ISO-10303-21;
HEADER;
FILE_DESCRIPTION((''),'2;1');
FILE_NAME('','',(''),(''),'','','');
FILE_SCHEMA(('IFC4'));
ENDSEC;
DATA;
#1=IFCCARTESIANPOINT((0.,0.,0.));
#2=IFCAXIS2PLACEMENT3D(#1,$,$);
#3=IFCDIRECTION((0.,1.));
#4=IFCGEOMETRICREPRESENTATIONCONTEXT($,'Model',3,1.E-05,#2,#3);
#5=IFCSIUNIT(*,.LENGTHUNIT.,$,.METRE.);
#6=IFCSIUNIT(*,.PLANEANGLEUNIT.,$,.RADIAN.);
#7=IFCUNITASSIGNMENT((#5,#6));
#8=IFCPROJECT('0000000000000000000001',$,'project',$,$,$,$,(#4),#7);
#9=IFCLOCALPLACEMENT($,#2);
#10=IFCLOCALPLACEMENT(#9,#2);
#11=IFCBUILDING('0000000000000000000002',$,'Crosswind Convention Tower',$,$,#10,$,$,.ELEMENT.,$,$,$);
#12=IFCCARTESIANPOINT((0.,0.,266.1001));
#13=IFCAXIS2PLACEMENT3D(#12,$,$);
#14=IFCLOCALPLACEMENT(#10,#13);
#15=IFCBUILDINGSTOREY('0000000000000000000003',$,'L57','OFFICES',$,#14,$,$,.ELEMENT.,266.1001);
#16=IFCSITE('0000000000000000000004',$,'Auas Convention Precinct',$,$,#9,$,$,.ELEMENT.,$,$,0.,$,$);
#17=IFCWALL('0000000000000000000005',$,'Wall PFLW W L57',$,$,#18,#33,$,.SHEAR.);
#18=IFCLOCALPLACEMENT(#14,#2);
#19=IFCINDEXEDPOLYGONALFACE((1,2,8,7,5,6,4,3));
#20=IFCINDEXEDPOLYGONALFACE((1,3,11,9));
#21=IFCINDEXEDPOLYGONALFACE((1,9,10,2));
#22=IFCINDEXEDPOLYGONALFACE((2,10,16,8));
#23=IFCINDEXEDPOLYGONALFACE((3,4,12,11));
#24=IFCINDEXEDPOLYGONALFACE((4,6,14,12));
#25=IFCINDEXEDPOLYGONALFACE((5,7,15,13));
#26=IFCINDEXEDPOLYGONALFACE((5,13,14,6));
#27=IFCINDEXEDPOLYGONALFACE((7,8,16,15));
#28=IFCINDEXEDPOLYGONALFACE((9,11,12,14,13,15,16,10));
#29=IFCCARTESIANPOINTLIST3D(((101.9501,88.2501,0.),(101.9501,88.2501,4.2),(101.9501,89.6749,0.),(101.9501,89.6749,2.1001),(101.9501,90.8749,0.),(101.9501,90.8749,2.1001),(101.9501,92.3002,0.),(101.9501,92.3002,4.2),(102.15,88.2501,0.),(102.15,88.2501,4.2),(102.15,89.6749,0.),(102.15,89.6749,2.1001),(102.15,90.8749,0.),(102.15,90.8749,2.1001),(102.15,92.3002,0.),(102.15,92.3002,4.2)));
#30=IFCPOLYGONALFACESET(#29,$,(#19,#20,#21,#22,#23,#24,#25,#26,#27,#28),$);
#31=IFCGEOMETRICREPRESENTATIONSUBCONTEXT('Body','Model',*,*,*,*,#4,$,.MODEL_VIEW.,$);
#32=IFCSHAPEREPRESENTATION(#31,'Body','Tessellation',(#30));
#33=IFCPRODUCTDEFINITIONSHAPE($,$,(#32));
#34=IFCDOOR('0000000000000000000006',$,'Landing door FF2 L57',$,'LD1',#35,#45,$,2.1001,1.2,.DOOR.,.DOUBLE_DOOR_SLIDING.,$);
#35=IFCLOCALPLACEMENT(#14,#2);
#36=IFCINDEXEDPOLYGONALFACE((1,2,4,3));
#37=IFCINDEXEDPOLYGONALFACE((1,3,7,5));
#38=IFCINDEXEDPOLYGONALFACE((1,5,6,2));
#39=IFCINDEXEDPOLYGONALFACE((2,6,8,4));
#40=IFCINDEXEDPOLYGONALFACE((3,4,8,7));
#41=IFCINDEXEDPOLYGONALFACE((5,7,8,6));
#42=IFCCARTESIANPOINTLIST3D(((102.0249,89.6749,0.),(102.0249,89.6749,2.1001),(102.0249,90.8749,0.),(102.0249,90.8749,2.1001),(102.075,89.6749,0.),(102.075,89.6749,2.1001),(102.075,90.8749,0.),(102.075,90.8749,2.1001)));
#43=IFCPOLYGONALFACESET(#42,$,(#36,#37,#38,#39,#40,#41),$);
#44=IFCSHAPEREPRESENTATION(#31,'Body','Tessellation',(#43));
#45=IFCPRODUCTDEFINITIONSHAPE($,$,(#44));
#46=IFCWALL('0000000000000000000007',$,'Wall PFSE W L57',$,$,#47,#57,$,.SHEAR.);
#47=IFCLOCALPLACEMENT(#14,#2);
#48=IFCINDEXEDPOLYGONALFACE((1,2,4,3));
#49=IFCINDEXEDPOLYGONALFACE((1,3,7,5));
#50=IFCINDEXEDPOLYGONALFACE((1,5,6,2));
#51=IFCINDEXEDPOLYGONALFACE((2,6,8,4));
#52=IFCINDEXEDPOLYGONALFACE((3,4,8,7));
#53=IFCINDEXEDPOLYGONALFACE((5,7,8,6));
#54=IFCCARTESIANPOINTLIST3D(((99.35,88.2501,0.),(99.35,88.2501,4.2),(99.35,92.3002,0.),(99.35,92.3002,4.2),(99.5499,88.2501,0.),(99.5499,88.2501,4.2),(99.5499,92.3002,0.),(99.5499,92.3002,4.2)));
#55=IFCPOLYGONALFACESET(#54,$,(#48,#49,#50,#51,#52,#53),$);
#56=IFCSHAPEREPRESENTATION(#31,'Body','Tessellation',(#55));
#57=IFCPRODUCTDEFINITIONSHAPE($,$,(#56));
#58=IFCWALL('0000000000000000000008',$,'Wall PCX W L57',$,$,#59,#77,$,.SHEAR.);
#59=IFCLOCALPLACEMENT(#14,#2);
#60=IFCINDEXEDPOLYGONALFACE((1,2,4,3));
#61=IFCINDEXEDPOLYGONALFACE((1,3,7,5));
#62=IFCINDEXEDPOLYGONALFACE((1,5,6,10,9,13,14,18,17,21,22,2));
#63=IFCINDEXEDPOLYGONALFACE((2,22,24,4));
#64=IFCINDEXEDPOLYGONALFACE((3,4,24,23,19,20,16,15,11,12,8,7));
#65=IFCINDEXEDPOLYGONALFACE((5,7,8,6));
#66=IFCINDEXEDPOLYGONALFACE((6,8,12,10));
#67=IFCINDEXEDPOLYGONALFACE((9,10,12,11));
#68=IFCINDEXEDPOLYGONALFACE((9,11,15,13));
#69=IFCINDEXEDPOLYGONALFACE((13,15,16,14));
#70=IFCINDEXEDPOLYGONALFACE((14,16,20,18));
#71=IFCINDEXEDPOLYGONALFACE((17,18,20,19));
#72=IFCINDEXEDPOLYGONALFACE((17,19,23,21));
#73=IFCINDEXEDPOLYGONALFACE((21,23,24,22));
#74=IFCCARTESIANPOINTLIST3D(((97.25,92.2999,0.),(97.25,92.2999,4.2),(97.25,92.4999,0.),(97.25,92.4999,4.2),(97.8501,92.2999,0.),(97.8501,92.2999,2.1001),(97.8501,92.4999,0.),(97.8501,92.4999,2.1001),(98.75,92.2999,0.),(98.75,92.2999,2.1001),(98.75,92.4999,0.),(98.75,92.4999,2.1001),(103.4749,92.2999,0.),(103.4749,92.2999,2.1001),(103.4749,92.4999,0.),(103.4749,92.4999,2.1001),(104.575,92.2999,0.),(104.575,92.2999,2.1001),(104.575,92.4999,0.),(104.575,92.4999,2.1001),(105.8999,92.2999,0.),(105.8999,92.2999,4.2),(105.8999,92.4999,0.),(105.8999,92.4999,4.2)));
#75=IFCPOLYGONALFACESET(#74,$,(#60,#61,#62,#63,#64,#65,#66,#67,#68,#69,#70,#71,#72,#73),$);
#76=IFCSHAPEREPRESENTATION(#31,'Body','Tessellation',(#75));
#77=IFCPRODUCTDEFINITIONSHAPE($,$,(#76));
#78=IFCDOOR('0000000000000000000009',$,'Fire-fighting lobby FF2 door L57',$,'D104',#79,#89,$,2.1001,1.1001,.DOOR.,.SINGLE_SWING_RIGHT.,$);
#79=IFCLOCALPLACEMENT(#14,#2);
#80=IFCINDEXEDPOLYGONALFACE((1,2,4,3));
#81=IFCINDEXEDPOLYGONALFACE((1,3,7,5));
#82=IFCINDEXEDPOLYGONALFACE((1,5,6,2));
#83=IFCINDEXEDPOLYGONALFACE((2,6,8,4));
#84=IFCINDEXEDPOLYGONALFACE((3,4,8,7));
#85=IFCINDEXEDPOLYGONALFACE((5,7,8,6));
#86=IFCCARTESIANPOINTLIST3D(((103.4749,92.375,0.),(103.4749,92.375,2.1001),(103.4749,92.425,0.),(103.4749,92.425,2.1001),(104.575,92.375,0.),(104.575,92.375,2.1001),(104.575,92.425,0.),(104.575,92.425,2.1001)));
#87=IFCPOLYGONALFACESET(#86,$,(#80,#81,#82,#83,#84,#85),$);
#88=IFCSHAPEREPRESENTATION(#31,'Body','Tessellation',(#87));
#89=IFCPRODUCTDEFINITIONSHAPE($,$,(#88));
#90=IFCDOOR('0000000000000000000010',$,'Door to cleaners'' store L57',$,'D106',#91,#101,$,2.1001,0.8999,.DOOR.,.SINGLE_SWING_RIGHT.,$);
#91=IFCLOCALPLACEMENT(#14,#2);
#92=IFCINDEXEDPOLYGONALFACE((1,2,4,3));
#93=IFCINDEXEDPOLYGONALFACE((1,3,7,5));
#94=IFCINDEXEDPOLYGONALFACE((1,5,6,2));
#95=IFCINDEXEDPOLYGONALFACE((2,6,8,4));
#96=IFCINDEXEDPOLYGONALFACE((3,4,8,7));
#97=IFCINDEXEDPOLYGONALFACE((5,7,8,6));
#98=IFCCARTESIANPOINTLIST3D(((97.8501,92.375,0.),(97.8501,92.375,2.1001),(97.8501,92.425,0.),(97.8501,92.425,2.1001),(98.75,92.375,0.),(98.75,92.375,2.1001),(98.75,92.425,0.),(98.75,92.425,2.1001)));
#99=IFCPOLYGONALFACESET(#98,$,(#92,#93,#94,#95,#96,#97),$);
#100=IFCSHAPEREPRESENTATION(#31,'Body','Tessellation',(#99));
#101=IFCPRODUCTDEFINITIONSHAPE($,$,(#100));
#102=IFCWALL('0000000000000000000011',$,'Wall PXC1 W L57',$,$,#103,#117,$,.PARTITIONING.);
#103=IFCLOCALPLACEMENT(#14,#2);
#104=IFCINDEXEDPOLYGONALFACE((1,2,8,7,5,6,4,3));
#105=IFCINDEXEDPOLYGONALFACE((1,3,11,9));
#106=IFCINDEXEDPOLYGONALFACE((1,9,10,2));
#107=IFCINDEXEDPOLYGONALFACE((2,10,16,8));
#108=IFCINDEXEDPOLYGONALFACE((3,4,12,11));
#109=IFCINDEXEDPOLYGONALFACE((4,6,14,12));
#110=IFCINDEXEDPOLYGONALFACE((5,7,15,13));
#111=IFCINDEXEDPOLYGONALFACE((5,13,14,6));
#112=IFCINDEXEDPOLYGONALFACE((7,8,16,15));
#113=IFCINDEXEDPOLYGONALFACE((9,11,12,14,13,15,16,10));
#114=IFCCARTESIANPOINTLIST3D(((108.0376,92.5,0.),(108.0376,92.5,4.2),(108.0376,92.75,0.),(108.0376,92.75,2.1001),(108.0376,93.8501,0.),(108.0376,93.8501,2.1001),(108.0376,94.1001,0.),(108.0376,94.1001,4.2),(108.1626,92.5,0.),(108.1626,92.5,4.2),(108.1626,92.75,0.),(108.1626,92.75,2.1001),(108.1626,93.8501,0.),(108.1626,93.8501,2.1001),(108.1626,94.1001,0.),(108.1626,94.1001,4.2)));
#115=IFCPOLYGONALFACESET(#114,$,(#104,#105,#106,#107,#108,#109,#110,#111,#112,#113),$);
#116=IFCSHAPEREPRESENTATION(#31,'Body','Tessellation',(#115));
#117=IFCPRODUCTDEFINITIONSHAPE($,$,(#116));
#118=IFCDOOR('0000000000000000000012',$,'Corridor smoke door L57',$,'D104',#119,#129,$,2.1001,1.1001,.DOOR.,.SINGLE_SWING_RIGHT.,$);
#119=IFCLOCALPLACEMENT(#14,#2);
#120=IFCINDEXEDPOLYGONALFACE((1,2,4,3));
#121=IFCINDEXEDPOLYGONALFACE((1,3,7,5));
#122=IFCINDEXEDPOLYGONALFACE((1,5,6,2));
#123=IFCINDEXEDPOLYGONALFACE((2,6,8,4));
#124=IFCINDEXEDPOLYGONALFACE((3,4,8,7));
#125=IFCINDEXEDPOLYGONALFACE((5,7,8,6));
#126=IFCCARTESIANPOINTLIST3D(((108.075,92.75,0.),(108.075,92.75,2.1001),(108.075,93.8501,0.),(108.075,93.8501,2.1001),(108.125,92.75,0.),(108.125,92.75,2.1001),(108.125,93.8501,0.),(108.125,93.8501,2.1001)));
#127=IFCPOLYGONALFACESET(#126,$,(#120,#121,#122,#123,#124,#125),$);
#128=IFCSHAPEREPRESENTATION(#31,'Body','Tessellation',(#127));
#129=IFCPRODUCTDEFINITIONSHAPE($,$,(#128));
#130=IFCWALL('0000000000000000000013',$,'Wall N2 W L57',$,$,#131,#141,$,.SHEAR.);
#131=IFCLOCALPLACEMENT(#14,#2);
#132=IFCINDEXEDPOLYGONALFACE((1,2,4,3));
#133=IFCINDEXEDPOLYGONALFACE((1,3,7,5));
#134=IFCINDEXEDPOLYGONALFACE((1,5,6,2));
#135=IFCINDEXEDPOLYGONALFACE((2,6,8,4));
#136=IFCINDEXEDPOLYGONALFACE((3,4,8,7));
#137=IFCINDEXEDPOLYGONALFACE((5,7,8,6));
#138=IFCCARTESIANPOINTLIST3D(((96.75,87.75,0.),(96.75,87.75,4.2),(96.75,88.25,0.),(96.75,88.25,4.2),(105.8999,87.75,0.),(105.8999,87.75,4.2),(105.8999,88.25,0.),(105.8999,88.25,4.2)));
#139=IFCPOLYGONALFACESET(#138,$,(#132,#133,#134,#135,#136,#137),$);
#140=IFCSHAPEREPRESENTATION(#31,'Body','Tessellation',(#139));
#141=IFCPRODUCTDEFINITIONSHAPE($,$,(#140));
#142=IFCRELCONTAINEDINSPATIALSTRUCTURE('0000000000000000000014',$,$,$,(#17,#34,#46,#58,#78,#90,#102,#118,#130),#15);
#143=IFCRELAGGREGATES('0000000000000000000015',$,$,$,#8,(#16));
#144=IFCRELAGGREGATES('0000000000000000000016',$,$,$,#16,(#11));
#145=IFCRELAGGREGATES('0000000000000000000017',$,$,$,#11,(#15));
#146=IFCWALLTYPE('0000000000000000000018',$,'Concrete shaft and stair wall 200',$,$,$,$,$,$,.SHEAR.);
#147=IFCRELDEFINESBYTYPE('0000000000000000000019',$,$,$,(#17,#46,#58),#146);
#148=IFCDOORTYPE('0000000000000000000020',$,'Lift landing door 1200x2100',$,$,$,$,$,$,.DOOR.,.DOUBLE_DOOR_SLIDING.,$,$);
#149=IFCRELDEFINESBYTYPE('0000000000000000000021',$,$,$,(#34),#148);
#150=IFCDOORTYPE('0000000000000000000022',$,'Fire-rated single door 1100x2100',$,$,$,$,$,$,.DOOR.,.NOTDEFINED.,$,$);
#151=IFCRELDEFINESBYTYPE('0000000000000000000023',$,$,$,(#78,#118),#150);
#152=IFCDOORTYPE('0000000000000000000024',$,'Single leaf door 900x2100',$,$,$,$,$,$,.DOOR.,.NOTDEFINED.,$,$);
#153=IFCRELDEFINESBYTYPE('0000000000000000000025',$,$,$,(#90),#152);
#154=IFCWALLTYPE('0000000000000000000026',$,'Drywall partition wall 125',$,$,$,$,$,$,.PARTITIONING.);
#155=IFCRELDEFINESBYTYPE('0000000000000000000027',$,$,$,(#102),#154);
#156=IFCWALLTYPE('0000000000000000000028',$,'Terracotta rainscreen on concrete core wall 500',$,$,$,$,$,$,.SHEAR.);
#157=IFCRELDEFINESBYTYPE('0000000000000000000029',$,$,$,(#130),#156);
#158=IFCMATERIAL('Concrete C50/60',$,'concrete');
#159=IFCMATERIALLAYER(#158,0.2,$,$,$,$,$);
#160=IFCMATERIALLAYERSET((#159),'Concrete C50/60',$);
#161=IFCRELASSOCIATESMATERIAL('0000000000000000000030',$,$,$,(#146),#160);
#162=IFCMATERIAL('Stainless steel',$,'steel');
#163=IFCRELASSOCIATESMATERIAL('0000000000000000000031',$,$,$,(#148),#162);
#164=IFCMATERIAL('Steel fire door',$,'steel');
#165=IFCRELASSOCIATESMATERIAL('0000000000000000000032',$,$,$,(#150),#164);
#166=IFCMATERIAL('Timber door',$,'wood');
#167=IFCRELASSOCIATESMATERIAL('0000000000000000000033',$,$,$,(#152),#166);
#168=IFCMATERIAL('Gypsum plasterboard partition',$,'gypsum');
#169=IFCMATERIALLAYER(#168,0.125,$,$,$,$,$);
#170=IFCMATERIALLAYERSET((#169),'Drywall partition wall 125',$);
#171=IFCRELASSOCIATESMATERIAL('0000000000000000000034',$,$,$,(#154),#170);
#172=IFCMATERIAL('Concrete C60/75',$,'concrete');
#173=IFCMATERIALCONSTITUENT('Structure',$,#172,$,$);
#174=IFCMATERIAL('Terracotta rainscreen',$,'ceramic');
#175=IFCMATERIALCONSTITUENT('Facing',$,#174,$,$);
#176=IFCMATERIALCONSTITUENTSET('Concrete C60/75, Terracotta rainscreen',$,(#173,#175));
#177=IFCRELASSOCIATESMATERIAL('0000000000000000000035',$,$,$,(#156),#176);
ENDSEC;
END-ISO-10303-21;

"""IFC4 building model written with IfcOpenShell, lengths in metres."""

from ifc_helpers import new_model, si_unit, direction, frame, frame_2d, origin, place, context, subcontext, project, spatial, rectangle, extrude, material, layer, layer_set, constituent, constituent_set, type_object, element, fill, save


model = new_model("IFC4")

# Units and contexts
model_context = context("Model", 3, precision=1e-05, world=origin(), true_north=direction((0.0, 1.0)))
body_context = subcontext(model_context, "Body", "Model", "MODEL_VIEW")
ifc_project = project(units=[si_unit("LENGTHUNIT", "METRE"), si_unit("PLANEANGLEUNIT", "RADIAN")], contexts=[model_context])

# Site, building, storey
site_placement = place(None, origin())
site = spatial("IfcSite", under=ifc_project, at=site_placement, Name="Auas Convention Precinct", CompositionType="ELEMENT", RefElevation=0.0)
building_placement = place(site_placement, origin())
building = spatial("IfcBuilding", under=site, at=building_placement, Name="Crosswind Convention Tower", CompositionType="ELEMENT")
storey_placement = place(building_placement, frame((0.0, 0.0, 266.1001)))
storey = spatial("IfcBuildingStorey", under=building, at=storey_placement, Name="L57", Description="OFFICES", CompositionType="ELEMENT", Elevation=266.1001)

# Shared definitions
ifc_material_1 = material(Name="Concrete C50/60", Category="concrete")
ifc_layer_1 = layer(ifc_material_1, 0.2)
ifc_layer_set_1 = layer_set([ifc_layer_1], Name="Concrete C50/60")
wall_type_1 = type_object("IfcWallType", Name="Concrete shaft and stair wall 200", PredefinedType="SHEAR", material=ifc_layer_set_1)

# Wall, opening, door
wall_1_placement = place(storey_placement, frame((102.05, 92.3, 0.0), z_axis=(0.0, 0.0, 1.0), x_axis=(0.0, -1.0, 0.0)))
wall_1 = element("IfcWall", 1, at=wall_1_placement, inside=storey, type_object=wall_type_1, Name="Wall PFLW W L57", PredefinedType="SHEAR", context=body_context, shape_type="SweptSolid", body=[
    extrude(rectangle(XDim=4.05, YDim=0.2, at=frame_2d((2.0249, 0.0))), origin(), (0.0, 0.0, 1.0), 4.2),
])
opening_1_placement = place(wall_1_placement, frame((1.425, 0.0, 0.0)))
opening_1 = element("IfcOpeningElement", 2, at=opening_1_placement, cuts=wall_1, PredefinedType="OPENING", context=body_context, shape_type="SweptSolid", body=[
    extrude(rectangle(XDim=1.2, YDim=2.1001, at=frame_2d((0.6001, 1.05))), frame((0.0, 0.1099, 0.0), z_axis=(0.0, -1.0, 0.0), x_axis=(1.0, 0.0, 0.0)), (0.0, 0.0, 1.0), 0.22),
])
ifc_material_2 = material(Name="Stainless steel", Category="steel")
door_type_1 = type_object("IfcDoorType", Name="Lift landing door 1200x2100", OperationType="DOUBLE_DOOR_SLIDING", PredefinedType="DOOR", material=ifc_material_2)
door_1_placement = place(opening_1_placement, origin())
door_1 = element("IfcDoor", 3, at=door_1_placement, inside=storey, type_object=door_type_1, Name="Landing door FF2 L57", ObjectType="LD1", OperationType="DOUBLE_DOOR_SLIDING", OverallHeight=2.1001, OverallWidth=1.2, PredefinedType="DOOR", context=body_context, shape_type="SweptSolid", body=[
    extrude(rectangle(XDim=1.2, YDim=2.1001, at=frame_2d((0.6001, 1.05))), frame((0.0, 0.0249, 0.0), z_axis=(0.0, -1.0, 0.0), x_axis=(1.0, 0.0, 0.0)), (0.0, 0.0, 1.0), 0.05),
])
fill(opening_1, door_1)

# Wall
wall_2_placement = place(storey_placement, frame((99.45, 92.3, 0.0), z_axis=(0.0, 0.0, 1.0), x_axis=(0.0, -1.0, 0.0)))
element("IfcWall", 4, at=wall_2_placement, inside=storey, type_object=wall_type_1, Name="Wall PFSE W L57", PredefinedType="SHEAR", context=body_context, shape_type="SweptSolid", body=[
    extrude(rectangle(XDim=4.05, YDim=0.2, at=frame_2d((2.0249, 0.0))), origin(), (0.0, 0.0, 1.0), 4.2),
])

# Wall, openings, doors
wall_3_placement = place(storey_placement, frame((105.8999, 92.3999, 0.0), z_axis=(0.0, 0.0, 1.0), x_axis=(-1.0, 0.0, 0.0)))
wall_3 = element("IfcWall", 5, at=wall_3_placement, inside=storey, type_object=wall_type_1, Name="Wall PCX W L57", PredefinedType="SHEAR", context=body_context, shape_type="SweptSolid", body=[
    extrude(rectangle(XDim=8.6499, YDim=0.2, at=frame_2d((4.325, 0.0))), origin(), (0.0, 0.0, 1.0), 4.2),
])
opening_2_placement = place(wall_3_placement, frame((1.325, 0.0, 0.0)))
opening_2 = element("IfcOpeningElement", 6, at=opening_2_placement, cuts=wall_3, PredefinedType="OPENING", context=body_context, shape_type="SweptSolid", body=[
    extrude(rectangle(XDim=1.1001, YDim=2.1001, at=frame_2d((0.55, 1.05))), frame((0.0, 0.1099, 0.0), z_axis=(0.0, -1.0, 0.0), x_axis=(1.0, 0.0, 0.0)), (0.0, 0.0, 1.0), 0.22),
])
opening_3_placement = place(wall_3_placement, frame((7.1499, 0.0, 0.0)))
opening_3 = element("IfcOpeningElement", 7, at=opening_3_placement, cuts=wall_3, PredefinedType="OPENING", context=body_context, shape_type="SweptSolid", body=[
    extrude(rectangle(XDim=0.8999, YDim=2.1001, at=frame_2d((0.45, 1.05))), frame((0.0, 0.1099, 0.0), z_axis=(0.0, -1.0, 0.0), x_axis=(1.0, 0.0, 0.0)), (0.0, 0.0, 1.0), 0.22),
])
ifc_material_3 = material(Name="Steel fire door", Category="steel")
door_type_2 = type_object("IfcDoorType", Name="Fire-rated single door 1100x2100", OperationType="NOTDEFINED", PredefinedType="DOOR", material=ifc_material_3)
door_2_placement = place(opening_2_placement, origin())
door_2 = element("IfcDoor", 8, at=door_2_placement, inside=storey, type_object=door_type_2, Name="Fire-fighting lobby FF2 door L57", ObjectType="D104", OperationType="SINGLE_SWING_RIGHT", OverallHeight=2.1001, OverallWidth=1.1001, PredefinedType="DOOR", context=body_context, shape_type="SweptSolid", body=[
    extrude(rectangle(XDim=1.1001, YDim=2.1001, at=frame_2d((0.55, 1.05))), frame((0.0, 0.0249, 0.0), z_axis=(0.0, -1.0, 0.0), x_axis=(1.0, 0.0, 0.0)), (0.0, 0.0, 1.0), 0.05),
])
fill(opening_2, door_2)
ifc_material_4 = material(Name="Timber door", Category="wood")
door_type_3 = type_object("IfcDoorType", Name="Single leaf door 900x2100", OperationType="NOTDEFINED", PredefinedType="DOOR", material=ifc_material_4)
door_3_placement = place(opening_3_placement, origin())
door_3 = element("IfcDoor", 9, at=door_3_placement, inside=storey, type_object=door_type_3, Name="Door to cleaners' store L57", ObjectType="D106", OperationType="SINGLE_SWING_RIGHT", OverallHeight=2.1001, OverallWidth=0.8999, PredefinedType="DOOR", context=body_context, shape_type="SweptSolid", body=[
    extrude(rectangle(XDim=0.8999, YDim=2.1001, at=frame_2d((0.45, 1.05))), frame((0.0, 0.0249, 0.0), z_axis=(0.0, -1.0, 0.0), x_axis=(1.0, 0.0, 0.0)), (0.0, 0.0, 1.0), 0.05),
])
fill(opening_3, door_3)

# Wall, opening, door
ifc_material_5 = material(Name="Gypsum plasterboard partition", Category="gypsum")
ifc_layer_2 = layer(ifc_material_5, 0.125)
ifc_layer_set_2 = layer_set([ifc_layer_2], Name="Drywall partition wall 125")
wall_type_2 = type_object("IfcWallType", Name="Drywall partition wall 125", PredefinedType="PARTITIONING", material=ifc_layer_set_2)
wall_4_placement = place(storey_placement, frame((108.1001, 94.1001, 0.0), z_axis=(0.0, 0.0, 1.0), x_axis=(0.0, -1.0, 0.0)))
wall_4 = element("IfcWall", 10, at=wall_4_placement, inside=storey, type_object=wall_type_2, Name="Wall PXC1 W L57", PredefinedType="PARTITIONING", context=body_context, shape_type="SweptSolid", body=[
    extrude(rectangle(XDim=1.6001, YDim=0.125, at=frame_2d((0.8, 0.0))), origin(), (0.0, 0.0, 1.0), 4.2),
])
opening_4_placement = place(wall_4_placement, frame((0.25, 0.0, 0.0)))
opening_4 = element("IfcOpeningElement", 11, at=opening_4_placement, cuts=wall_4, PredefinedType="OPENING", context=body_context, shape_type="SweptSolid", body=[
    extrude(rectangle(XDim=1.1001, YDim=2.1001, at=frame_2d((0.55, 1.05))), frame((0.0, 0.0725, 0.0), z_axis=(0.0, -1.0, 0.0), x_axis=(1.0, 0.0, 0.0)), (0.0, 0.0, 1.0), 0.145),
])
door_4_placement = place(opening_4_placement, origin())
door_4 = element("IfcDoor", 12, at=door_4_placement, inside=storey, type_object=door_type_2, Name="Corridor smoke door L57", ObjectType="D104", OperationType="SINGLE_SWING_RIGHT", OverallHeight=2.1001, OverallWidth=1.1001, PredefinedType="DOOR", context=body_context, shape_type="SweptSolid", body=[
    extrude(rectangle(XDim=1.1001, YDim=2.1001, at=frame_2d((0.55, 1.05))), frame((0.0, 0.0249, 0.0), z_axis=(0.0, -1.0, 0.0), x_axis=(1.0, 0.0, 0.0)), (0.0, 0.0, 1.0), 0.05),
])
fill(opening_4, door_4)

# Wall
ifc_material_6 = material(Name="Concrete C60/75", Category="concrete")
ifc_constituent_1 = constituent(ifc_material_6, Name="Structure")
ifc_material_7 = material(Name="Terracotta rainscreen", Category="ceramic")
ifc_constituent_2 = constituent(ifc_material_7, Name="Facing")
ifc_constituent_set = constituent_set(constituents=[ifc_constituent_1, ifc_constituent_2], Name="Concrete C60/75, Terracotta rainscreen")
wall_type_3 = type_object("IfcWallType", Name="Terracotta rainscreen on concrete core wall 500", PredefinedType="SHEAR", material=ifc_constituent_set)
wall_5_placement = place(storey_placement, frame((105.8999, 88.0, 0.0), z_axis=(0.0, 0.0, 1.0), x_axis=(-1.0, 0.0, 0.0)))
element("IfcWall", 13, at=wall_5_placement, inside=storey, type_object=wall_type_3, Name="Wall N2 W L57", PredefinedType="SHEAR", context=body_context, shape_type="SweptSolid", body=[
    extrude(rectangle(XDim=9.1499, YDim=0.5, at=frame_2d((4.575, 0.0))), origin(), (0.0, 0.0, 1.0), 4.2),
])

save(model, "model.ifc")
